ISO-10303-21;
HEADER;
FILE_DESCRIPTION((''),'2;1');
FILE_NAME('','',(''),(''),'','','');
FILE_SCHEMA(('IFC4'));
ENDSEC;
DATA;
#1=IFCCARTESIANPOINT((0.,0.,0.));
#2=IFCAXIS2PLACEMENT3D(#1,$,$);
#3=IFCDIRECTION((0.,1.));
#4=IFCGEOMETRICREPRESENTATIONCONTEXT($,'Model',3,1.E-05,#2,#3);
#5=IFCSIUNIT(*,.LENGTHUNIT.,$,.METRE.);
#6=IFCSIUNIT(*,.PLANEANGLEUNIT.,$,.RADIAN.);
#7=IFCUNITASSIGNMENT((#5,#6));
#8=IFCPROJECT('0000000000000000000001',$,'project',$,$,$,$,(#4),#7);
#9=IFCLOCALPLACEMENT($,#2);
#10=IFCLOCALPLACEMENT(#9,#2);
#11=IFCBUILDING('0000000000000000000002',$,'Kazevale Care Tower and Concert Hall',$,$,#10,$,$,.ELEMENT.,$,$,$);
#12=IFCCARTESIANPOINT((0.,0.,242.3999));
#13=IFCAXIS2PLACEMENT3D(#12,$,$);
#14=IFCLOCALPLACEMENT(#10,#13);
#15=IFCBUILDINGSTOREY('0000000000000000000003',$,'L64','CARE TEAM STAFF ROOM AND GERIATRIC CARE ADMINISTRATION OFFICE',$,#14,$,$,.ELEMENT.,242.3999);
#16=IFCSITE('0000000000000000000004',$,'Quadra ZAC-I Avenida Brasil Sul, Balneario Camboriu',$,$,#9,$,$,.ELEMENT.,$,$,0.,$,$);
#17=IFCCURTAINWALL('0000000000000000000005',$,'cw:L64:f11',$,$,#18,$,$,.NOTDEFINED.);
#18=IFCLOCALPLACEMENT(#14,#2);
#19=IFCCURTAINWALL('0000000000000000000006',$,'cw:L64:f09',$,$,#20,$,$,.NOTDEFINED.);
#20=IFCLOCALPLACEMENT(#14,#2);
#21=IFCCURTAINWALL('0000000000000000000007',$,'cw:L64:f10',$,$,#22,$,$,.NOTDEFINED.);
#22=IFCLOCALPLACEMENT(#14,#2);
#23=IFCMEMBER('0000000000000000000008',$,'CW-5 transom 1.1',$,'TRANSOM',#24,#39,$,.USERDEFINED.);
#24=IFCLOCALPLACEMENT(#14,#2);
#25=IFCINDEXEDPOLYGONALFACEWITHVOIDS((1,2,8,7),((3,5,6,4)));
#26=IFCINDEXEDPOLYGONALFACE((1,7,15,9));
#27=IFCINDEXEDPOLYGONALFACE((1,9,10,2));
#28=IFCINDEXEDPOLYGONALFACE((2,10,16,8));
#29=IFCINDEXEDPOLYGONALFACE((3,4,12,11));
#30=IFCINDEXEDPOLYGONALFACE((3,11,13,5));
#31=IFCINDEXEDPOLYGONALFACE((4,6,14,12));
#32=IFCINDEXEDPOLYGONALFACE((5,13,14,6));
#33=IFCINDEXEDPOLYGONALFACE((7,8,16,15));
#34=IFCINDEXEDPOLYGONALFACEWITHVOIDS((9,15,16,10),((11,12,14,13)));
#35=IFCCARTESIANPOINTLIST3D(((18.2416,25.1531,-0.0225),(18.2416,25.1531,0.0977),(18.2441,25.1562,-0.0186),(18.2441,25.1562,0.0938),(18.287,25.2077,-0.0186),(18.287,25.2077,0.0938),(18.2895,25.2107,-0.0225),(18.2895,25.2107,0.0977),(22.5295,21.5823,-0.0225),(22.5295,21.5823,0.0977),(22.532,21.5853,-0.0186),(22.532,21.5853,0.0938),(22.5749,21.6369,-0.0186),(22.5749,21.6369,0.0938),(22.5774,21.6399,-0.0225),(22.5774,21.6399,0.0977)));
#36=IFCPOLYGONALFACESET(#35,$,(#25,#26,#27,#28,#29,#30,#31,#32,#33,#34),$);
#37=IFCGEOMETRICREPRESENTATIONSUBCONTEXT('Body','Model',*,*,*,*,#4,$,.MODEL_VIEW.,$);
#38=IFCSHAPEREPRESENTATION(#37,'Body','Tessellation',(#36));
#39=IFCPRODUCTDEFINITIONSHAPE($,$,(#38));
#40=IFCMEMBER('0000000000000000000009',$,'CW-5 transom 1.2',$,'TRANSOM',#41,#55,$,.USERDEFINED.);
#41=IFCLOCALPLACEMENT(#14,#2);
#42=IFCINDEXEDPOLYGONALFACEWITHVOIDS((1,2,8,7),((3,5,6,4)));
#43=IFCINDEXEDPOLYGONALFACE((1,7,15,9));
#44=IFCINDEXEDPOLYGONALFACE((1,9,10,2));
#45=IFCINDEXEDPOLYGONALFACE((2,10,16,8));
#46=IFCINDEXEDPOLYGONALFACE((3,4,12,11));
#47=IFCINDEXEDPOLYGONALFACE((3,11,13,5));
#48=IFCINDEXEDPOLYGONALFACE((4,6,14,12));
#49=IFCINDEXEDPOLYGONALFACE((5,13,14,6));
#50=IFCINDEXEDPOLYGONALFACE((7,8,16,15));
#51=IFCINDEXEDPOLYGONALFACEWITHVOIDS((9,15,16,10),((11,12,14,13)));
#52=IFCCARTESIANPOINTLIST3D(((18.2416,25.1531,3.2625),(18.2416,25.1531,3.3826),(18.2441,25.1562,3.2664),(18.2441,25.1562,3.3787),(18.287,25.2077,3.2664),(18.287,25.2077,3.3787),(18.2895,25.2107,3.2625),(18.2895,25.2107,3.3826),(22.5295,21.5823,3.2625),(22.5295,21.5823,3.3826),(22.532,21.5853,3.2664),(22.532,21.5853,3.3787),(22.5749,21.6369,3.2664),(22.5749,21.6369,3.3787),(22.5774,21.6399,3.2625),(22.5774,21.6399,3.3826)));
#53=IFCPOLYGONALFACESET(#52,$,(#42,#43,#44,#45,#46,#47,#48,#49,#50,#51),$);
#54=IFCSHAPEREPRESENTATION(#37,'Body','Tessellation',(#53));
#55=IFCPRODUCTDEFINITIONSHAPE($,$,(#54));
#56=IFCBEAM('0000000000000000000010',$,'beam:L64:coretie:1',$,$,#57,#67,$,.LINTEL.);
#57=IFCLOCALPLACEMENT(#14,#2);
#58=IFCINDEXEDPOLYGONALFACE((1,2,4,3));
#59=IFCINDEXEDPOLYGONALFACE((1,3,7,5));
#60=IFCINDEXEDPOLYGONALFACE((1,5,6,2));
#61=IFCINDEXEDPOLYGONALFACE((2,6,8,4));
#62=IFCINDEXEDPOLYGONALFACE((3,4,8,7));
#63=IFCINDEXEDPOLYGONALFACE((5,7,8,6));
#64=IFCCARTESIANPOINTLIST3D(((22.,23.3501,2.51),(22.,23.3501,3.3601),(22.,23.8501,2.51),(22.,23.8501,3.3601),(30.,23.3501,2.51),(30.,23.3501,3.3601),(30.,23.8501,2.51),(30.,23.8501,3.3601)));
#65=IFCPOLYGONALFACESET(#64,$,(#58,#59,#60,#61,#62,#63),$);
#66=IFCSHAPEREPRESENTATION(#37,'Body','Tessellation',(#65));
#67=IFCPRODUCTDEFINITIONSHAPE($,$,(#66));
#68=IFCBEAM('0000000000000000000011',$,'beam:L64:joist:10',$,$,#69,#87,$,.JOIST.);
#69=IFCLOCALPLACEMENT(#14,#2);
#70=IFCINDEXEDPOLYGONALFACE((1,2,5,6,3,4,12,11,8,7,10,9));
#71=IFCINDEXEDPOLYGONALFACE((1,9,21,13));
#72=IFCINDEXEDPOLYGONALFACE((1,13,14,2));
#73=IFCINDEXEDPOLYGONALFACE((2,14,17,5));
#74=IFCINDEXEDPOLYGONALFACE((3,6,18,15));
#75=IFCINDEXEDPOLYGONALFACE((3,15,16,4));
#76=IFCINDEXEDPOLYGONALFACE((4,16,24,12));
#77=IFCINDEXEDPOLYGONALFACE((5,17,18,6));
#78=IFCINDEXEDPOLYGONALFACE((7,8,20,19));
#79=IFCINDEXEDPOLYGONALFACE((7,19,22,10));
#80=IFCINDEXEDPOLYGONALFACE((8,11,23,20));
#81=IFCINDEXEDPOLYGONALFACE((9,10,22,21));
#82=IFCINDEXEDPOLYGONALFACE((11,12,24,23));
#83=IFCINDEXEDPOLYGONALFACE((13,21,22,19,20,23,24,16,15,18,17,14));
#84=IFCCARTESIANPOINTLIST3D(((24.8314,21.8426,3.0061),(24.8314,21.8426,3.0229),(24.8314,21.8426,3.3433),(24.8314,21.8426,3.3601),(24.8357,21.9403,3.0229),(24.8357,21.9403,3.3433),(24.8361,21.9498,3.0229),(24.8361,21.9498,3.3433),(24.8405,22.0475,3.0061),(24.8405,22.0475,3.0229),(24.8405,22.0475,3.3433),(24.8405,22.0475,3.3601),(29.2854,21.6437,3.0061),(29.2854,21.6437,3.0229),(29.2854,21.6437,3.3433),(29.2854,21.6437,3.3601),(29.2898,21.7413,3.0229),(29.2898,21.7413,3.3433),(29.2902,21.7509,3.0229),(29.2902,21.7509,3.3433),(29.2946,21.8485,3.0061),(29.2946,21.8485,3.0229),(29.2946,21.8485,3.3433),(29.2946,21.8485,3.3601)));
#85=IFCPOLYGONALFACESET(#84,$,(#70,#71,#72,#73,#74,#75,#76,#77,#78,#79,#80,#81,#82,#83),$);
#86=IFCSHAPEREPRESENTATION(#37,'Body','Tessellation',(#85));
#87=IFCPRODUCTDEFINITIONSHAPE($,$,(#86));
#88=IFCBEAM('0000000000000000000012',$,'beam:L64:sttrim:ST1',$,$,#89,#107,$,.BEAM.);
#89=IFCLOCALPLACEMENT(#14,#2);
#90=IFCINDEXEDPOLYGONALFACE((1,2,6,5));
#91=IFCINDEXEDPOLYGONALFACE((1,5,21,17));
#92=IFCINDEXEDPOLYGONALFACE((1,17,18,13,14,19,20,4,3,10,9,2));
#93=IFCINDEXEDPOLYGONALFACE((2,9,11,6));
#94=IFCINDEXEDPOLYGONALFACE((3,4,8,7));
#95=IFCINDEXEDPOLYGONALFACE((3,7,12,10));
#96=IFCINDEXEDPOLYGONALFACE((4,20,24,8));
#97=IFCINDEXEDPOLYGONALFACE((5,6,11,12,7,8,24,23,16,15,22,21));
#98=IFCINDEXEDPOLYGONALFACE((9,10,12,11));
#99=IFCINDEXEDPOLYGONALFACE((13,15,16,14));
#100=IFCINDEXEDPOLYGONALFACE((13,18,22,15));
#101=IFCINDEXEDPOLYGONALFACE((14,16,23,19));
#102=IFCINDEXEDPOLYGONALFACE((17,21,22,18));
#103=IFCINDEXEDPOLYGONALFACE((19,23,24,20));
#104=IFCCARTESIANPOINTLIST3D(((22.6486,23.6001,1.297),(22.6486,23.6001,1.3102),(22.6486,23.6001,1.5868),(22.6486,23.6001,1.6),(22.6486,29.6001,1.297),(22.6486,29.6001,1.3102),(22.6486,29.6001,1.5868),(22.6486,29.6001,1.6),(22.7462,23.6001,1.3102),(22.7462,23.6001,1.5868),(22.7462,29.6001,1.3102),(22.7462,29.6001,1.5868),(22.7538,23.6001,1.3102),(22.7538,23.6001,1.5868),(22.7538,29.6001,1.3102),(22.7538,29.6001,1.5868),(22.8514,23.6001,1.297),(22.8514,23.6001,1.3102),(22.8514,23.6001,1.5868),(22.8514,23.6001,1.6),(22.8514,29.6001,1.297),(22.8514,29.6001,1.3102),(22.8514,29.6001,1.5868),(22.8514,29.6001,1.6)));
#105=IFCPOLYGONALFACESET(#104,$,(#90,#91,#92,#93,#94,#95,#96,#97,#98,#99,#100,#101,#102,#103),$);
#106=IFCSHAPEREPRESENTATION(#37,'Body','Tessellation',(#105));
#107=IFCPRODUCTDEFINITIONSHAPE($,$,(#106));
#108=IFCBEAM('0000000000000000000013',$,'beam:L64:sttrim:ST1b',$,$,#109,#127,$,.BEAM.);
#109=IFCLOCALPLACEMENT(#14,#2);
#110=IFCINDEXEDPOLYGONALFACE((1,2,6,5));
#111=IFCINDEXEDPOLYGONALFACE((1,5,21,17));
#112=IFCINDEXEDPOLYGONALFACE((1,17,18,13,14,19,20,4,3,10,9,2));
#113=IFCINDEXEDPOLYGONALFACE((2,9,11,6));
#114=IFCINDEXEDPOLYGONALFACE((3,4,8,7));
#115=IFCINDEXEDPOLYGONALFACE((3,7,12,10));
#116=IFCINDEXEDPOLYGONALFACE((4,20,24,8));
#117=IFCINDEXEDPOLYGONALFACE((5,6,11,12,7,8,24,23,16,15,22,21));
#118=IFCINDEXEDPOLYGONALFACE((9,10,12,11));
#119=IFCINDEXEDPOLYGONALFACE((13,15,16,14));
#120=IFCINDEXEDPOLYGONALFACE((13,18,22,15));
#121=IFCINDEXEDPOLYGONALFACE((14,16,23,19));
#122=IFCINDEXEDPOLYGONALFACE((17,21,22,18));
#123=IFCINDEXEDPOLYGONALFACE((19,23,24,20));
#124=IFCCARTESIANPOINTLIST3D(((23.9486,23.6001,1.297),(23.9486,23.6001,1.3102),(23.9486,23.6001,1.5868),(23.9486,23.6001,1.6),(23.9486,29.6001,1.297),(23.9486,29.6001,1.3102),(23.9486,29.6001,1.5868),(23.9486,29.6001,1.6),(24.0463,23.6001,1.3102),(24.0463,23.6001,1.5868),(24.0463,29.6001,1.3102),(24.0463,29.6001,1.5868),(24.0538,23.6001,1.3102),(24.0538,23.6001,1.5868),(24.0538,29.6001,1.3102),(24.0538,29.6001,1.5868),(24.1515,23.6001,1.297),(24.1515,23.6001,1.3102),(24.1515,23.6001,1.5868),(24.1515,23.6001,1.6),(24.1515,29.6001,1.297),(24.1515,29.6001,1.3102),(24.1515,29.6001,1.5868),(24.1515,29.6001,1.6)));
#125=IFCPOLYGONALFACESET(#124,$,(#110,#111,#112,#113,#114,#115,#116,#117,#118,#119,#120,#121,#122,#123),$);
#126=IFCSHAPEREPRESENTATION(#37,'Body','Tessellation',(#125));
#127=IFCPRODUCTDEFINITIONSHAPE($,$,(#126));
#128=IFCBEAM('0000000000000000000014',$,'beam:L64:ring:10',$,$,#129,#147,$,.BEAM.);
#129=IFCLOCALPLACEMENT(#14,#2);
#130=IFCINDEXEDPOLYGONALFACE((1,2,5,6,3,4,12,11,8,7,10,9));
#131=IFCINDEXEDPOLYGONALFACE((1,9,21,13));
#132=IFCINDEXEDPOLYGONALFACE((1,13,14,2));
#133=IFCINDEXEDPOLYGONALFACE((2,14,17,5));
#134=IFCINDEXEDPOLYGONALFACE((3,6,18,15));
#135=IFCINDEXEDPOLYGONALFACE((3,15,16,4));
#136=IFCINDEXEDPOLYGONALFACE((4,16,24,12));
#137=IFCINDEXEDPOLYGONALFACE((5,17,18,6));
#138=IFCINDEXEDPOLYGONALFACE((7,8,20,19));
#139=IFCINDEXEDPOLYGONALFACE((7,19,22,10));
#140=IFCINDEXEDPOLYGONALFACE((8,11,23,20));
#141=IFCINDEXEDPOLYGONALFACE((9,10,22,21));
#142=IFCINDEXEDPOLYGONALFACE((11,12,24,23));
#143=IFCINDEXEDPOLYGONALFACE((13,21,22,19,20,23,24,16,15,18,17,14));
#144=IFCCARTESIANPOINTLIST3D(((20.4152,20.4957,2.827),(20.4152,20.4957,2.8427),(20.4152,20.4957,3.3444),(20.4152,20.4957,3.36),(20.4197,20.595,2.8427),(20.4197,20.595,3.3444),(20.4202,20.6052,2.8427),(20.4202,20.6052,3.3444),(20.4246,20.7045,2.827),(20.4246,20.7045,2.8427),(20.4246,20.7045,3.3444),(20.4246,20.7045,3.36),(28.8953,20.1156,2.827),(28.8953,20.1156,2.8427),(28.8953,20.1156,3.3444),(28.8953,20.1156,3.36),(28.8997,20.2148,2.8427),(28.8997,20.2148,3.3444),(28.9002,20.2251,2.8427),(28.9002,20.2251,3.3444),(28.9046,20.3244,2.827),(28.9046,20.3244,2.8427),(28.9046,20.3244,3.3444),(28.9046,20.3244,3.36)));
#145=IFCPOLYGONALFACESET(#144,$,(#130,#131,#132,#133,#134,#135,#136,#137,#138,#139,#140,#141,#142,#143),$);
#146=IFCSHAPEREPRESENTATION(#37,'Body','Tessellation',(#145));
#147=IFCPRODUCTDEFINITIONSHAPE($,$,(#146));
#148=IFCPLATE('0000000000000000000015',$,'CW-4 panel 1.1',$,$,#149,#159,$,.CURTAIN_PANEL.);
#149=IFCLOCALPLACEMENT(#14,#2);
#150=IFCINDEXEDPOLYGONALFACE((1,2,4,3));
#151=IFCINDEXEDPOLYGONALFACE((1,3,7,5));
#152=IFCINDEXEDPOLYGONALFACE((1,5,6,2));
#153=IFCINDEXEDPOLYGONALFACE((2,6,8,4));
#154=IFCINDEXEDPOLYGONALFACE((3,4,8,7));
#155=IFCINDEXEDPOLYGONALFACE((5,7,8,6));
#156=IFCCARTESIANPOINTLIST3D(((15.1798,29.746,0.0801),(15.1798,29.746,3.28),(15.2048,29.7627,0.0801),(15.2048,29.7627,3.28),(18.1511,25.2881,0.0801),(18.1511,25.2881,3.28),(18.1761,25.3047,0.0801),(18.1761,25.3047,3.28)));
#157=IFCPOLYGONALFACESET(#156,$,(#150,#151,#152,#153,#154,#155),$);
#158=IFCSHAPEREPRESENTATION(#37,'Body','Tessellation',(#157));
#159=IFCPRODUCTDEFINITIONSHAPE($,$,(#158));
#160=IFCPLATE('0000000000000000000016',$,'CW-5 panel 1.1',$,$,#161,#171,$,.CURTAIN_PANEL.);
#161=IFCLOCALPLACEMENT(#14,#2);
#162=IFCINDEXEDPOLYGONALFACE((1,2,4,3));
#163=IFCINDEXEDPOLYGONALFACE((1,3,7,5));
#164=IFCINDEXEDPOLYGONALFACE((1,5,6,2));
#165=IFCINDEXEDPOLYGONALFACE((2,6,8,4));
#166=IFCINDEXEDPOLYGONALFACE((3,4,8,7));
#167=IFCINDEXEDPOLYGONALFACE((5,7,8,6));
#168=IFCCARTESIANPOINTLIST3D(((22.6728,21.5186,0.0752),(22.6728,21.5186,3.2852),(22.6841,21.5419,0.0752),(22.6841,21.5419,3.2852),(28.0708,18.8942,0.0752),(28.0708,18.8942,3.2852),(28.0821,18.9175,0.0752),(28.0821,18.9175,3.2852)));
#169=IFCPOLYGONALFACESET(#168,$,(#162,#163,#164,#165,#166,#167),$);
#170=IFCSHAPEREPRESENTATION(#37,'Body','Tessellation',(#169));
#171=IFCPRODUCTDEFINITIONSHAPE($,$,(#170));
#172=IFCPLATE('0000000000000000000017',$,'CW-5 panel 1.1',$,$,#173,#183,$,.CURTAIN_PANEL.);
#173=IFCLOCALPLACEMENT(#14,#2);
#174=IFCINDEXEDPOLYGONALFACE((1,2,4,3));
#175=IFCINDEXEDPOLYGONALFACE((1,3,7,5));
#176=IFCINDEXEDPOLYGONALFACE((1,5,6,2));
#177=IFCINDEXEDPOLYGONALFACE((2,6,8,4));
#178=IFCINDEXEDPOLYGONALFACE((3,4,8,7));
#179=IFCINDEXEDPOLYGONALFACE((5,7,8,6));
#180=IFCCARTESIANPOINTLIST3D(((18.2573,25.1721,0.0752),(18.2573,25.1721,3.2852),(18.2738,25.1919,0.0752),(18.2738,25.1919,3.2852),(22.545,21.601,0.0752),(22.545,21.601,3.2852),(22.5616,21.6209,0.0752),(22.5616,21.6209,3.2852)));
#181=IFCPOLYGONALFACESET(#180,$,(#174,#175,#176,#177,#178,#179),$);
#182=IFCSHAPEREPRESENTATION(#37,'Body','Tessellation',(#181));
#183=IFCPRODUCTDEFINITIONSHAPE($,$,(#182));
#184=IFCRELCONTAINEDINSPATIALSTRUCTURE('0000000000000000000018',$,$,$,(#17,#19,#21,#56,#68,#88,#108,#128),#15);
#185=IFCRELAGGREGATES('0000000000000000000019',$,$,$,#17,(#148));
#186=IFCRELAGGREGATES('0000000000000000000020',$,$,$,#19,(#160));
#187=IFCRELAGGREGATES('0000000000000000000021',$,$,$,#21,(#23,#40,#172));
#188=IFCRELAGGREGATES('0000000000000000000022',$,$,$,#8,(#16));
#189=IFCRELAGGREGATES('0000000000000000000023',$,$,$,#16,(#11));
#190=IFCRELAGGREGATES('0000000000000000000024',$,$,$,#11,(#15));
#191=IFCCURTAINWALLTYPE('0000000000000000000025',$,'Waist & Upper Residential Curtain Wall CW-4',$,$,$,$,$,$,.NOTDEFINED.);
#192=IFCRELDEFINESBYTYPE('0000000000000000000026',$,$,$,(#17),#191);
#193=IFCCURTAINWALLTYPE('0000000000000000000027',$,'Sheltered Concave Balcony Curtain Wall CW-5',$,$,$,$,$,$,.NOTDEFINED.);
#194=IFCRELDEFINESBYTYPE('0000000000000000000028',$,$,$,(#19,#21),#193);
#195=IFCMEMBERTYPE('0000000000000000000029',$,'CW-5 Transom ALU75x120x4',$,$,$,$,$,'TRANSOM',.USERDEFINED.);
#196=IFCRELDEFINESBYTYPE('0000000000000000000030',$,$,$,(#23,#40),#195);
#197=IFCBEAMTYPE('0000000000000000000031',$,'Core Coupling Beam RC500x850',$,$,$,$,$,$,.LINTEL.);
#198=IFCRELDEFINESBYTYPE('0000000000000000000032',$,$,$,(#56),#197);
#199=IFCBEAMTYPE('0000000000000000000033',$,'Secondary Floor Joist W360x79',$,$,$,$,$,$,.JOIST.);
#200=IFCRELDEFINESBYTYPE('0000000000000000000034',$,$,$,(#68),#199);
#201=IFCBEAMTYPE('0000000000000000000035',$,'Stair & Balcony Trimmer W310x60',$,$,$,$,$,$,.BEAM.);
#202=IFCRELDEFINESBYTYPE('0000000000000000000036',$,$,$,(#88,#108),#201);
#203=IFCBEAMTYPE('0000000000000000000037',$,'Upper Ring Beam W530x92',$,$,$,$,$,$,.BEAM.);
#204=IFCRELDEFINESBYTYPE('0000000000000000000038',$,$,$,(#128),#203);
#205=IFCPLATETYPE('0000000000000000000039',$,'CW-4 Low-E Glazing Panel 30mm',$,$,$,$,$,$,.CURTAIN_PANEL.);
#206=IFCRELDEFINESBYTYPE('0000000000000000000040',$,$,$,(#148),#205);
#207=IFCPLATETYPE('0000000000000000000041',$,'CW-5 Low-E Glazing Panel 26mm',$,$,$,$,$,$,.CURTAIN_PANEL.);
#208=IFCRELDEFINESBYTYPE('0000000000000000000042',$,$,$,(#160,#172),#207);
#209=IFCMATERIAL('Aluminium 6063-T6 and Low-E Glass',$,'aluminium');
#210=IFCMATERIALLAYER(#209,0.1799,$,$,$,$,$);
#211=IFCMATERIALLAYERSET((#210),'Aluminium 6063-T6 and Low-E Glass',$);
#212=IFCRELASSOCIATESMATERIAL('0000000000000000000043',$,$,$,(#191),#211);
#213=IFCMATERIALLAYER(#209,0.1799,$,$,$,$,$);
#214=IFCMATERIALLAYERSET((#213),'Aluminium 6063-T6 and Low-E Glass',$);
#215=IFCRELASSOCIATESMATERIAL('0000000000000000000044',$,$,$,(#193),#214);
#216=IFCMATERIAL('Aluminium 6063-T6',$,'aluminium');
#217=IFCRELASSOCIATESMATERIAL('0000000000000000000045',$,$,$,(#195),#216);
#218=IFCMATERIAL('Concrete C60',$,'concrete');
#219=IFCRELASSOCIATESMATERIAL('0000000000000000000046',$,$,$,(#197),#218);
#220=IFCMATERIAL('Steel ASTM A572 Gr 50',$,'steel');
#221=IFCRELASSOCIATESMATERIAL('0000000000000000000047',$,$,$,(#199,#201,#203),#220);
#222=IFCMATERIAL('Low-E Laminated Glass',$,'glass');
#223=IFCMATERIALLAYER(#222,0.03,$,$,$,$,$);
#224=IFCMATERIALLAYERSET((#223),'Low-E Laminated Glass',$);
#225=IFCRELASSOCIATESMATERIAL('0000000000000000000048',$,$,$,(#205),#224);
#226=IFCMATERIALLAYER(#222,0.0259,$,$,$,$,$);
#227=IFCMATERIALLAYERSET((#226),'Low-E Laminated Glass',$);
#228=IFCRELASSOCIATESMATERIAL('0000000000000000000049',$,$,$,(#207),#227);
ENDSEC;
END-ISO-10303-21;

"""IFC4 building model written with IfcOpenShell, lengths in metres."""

from ifc_helpers import new_model, si_unit, direction, frame, origin, origin_2d, place, context, subcontext, project, spatial, rectangle, hollow_rectangle, i_section, extrude, material, layer, layer_set, material_profile, profile_set, type_object, element, aggregate, save


model = new_model("IFC4")

# Units and contexts
model_context = context("Model", 3, precision=1e-05, world=origin(), true_north=direction((0.0, 1.0)))
body_context = subcontext(model_context, "Body", "Model", "MODEL_VIEW")
ifc_project = project(units=[si_unit("LENGTHUNIT", "METRE"), si_unit("PLANEANGLEUNIT", "RADIAN")], contexts=[model_context])

# Site, building, storey
site_placement = place(None, origin())
site = spatial("IfcSite", under=ifc_project, at=site_placement, Name="Quadra ZAC-I Avenida Brasil Sul, Balneario Camboriu", CompositionType="ELEMENT", RefElevation=0.0)
building_placement = place(site_placement, origin())
building = spatial("IfcBuilding", under=site, at=building_placement, Name="Kazevale Care Tower and Concert Hall", CompositionType="ELEMENT")
storey_placement = place(building_placement, frame((0.0, 0.0, 242.3999)))
storey = spatial("IfcBuildingStorey", under=building, at=storey_placement, Name="L64", Description="CARE TEAM STAFF ROOM AND GERIATRIC CARE ADMINISTRATION OFFICE", CompositionType="ELEMENT", Elevation=242.3999)

# Curtain wall
ifc_material_1 = material(Name="Aluminium 6063-T6 and Low-E Glass", Category="aluminium")
ifc_layer_1 = layer(ifc_material_1, 0.1799)
ifc_layer_set_1 = layer_set([ifc_layer_1], Name="Aluminium 6063-T6 and Low-E Glass")
curtain_wall_type_1 = type_object("IfcCurtainWallType", Name="Waist & Upper Residential Curtain Wall CW-4", PredefinedType="NOTDEFINED", material=ifc_layer_set_1)
curtain_wall_1_placement = place(storey_placement, origin())
curtain_wall_1 = element("IfcCurtainWall", 1, at=curtain_wall_1_placement, inside=storey, type_object=curtain_wall_type_1, Name="cw:L64:f11", PredefinedType="NOTDEFINED")
ifc_material_2 = material(Name="Aluminium 6063-T6", Category="aluminium")

# Curtain wall
ifc_layer_2 = layer(ifc_material_1, 0.1799)
ifc_layer_set_2 = layer_set([ifc_layer_2], Name="Aluminium 6063-T6 and Low-E Glass")
curtain_wall_type_2 = type_object("IfcCurtainWallType", Name="Sheltered Concave Balcony Curtain Wall CW-5", PredefinedType="NOTDEFINED", material=ifc_layer_set_2)
curtain_wall_2_placement = place(storey_placement, origin())
curtain_wall_2 = element("IfcCurtainWall", 2, at=curtain_wall_2_placement, inside=storey, type_object=curtain_wall_type_2, Name="cw:L64:f09", PredefinedType="NOTDEFINED")

# Curtain wall, members
curtain_wall_3_placement = place(storey_placement, origin())
curtain_wall_3 = element("IfcCurtainWall", 3, at=curtain_wall_3_placement, inside=storey, type_object=curtain_wall_type_2, Name="cw:L64:f10", PredefinedType="NOTDEFINED")
ifc_material_profile_1 = material_profile(ifc_material_2, hollow_rectangle(XDim=0.075, YDim=0.1201, WallThickness=0.0039, at=origin_2d()), Name="ALU75x120x4")
ifc_profile_set_1 = profile_set([ifc_material_profile_1], Name="Aluminium 6063-T6")
member_type_1 = type_object("IfcMemberType", Name="CW-5 Transom ALU75x120x4", ElementType="TRANSOM", PredefinedType="USERDEFINED", material=ifc_profile_set_1)
member_1_placement = place(storey_placement, frame((22.5535, 21.6111, 0.0376), z_axis=(-0.768433, 0.63993, 0.0), x_axis=(-0.63993, -0.768433, 0.0)))
member_1 = element("IfcMember", 4, at=member_1_placement, type_object=member_type_1, Name="CW-5 transom 1.1", ObjectType="TRANSOM", PredefinedType="USERDEFINED", context=body_context, shape_type="SweptSolid", body=[
    extrude(hollow_rectangle(XDim=0.075, YDim=0.1201, WallThickness=0.0039, at=origin_2d()), origin(), (0.0, 0.0, 1.0), 5.5801),
])
member_2_placement = place(storey_placement, frame((22.5535, 21.6111, 3.3225), z_axis=(-0.768433, 0.63993, 0.0), x_axis=(-0.63993, -0.768433, 0.0)))
member_2 = element("IfcMember", 5, at=member_2_placement, type_object=member_type_1, Name="CW-5 transom 1.2", ObjectType="TRANSOM", PredefinedType="USERDEFINED", context=body_context, shape_type="SweptSolid", body=[
    extrude(hollow_rectangle(XDim=0.075, YDim=0.1201, WallThickness=0.0039, at=origin_2d()), origin(), (0.0, 0.0, 1.0), 5.5801),
])

# Beams
ifc_material_3 = material(Name="Concrete C60", Category="concrete")
ifc_material_profile_2 = material_profile(ifc_material_3, rectangle(XDim=0.5, YDim=0.8501, at=origin_2d()), Name="RC-B500x850")
ifc_profile_set_2 = profile_set([ifc_material_profile_2], Name="Concrete C60")
beam_type_1 = type_object("IfcBeamType", Name="Core Coupling Beam RC500x850", PredefinedType="LINTEL", material=ifc_profile_set_2)
beam_1_placement = place(storey_placement, frame((22.0, 23.6001, 2.9351), z_axis=(1.0, 0.0, 0.0), x_axis=(0.0, 1.0, 0.0)))
element("IfcBeam", 6, at=beam_1_placement, inside=storey, type_object=beam_type_1, Name="beam:L64:coretie:1", PredefinedType="LINTEL", context=body_context, shape_type="SweptSolid", body=[
    extrude(rectangle(XDim=0.5, YDim=0.8501, at=origin_2d()), origin(), (0.0, 0.0, 1.0), 8.0),
])
ifc_material_4 = material(Name="Steel ASTM A572 Gr 50", Category="steel")
ifc_material_profile_3 = material_profile(ifc_material_4, i_section(OverallWidth=0.2051, OverallDepth=0.354, WebThickness=0.0095, FlangeThickness=0.0168, at=origin_2d()), Name="W360x79")
ifc_profile_set_3 = profile_set([ifc_material_profile_3], Name="Steel ASTM A572 Gr 50")
beam_type_2 = type_object("IfcBeamType", Name="Secondary Floor Joist W360x79", PredefinedType="JOIST", material=ifc_profile_set_3)
beam_2_placement = place(storey_placement, frame((24.8359, 21.9451, 3.1831), z_axis=(0.999004, -0.044628, 0.0), x_axis=(0.044628, 0.999004, 0.0)))
element("IfcBeam", 7, at=beam_2_placement, inside=storey, type_object=beam_type_2, Name="beam:L64:joist:10", PredefinedType="JOIST", context=body_context, shape_type="SweptSolid", body=[
    extrude(i_section(OverallWidth=0.2051, OverallDepth=0.354, WebThickness=0.0095, FlangeThickness=0.0168, at=origin_2d()), origin(), (0.0, 0.0, 1.0), 4.4585),
])
ifc_material_profile_4 = material_profile(ifc_material_4, i_section(OverallWidth=0.2029, OverallDepth=0.303, WebThickness=0.0076, FlangeThickness=0.0132, at=origin_2d()), Name="W310x60")
ifc_profile_set_4 = profile_set([ifc_material_profile_4], Name="Steel ASTM A572 Gr 50")
beam_type_3 = type_object("IfcBeamType", Name="Stair & Balcony Trimmer W310x60", PredefinedType="BEAM", material=ifc_profile_set_4)
for number, where, z_axis, x_axis, name in (
    (8, (22.75, 23.6001, 1.4485), (0.0, 1.0, 0.0), (-1.0, 0.0, 0.0), "beam:L64:sttrim:ST1"),
    (9, (24.05, 23.6001, 1.4485), (0.0, 1.0, 0.0), (-1.0, 0.0, 0.0), "beam:L64:sttrim:ST1b"),
):
    element("IfcBeam", number, at=place(storey_placement, frame(where, z_axis=z_axis, x_axis=x_axis)), inside=storey, type_object=beam_type_3, Name=name, PredefinedType="BEAM", context=body_context, shape_type="SweptSolid", body=[
        extrude(i_section(OverallWidth=0.2029, OverallDepth=0.303, WebThickness=0.0076, FlangeThickness=0.0132, at=origin_2d()), origin(), (0.0, 0.0, 1.0), 6.0),
    ])
ifc_material_profile_5 = material_profile(ifc_material_4, i_section(OverallWidth=0.209, OverallDepth=0.533, WebThickness=0.0103, FlangeThickness=0.0156, at=origin_2d()), Name="W530x92")
ifc_profile_set_5 = profile_set([ifc_material_profile_5], Name="Steel ASTM A572 Gr 50")
beam_type_4 = type_object("IfcBeamType", Name="Upper Ring Beam W530x92", PredefinedType="BEAM", material=ifc_profile_set_5)
beam_3_placement = place(storey_placement, frame((20.4199, 20.6001, 3.0935), z_axis=(0.998997, -0.044781, 0.0), x_axis=(0.044781, 0.998997, 0.0)))
element("IfcBeam", 10, at=beam_3_placement, inside=storey, type_object=beam_type_4, Name="beam:L64:ring:10", PredefinedType="BEAM", context=body_context, shape_type="SweptSolid", body=[
    extrude(i_section(OverallWidth=0.209, OverallDepth=0.533, WebThickness=0.0103, FlangeThickness=0.0156, at=origin_2d()), origin(), (0.0, 0.0, 1.0), 8.4885),
])

# Plates
ifc_material_5 = material(Name="Low-E Laminated Glass", Category="glass")
ifc_layer_3 = layer(ifc_material_5, 0.03)
ifc_layer_set_3 = layer_set([ifc_layer_3], Name="Low-E Laminated Glass")
plate_type_1 = type_object("IfcPlateType", Name="CW-4 Low-E Glazing Panel 30mm", PredefinedType="CURTAIN_PANEL", material=ifc_layer_set_3)
plate_1_placement = place(storey_placement, frame((16.678, 27.5254, 0.0801), z_axis=(0.0, 0.0, 1.0), x_axis=(-0.554617, 0.832106, 0.0)))
plate_1 = element("IfcPlate", 11, at=plate_1_placement, type_object=plate_type_1, Name="CW-4 panel 1.1", PredefinedType="CURTAIN_PANEL", context=body_context, shape_type="SweptSolid", body=[
    extrude(rectangle(XDim=5.3574, YDim=0.03, at=origin_2d()), origin(), (0.0, 0.0, 1.0), 3.2),
])
aggregate(curtain_wall_1, [plate_1])
ifc_layer_4 = layer(ifc_material_5, 0.0259)
ifc_layer_set_4 = layer_set([ifc_layer_4], Name="Low-E Laminated Glass")
plate_type_2 = type_object("IfcPlateType", Name="CW-5 Low-E Glazing Panel 26mm", PredefinedType="CURTAIN_PANEL", material=ifc_layer_set_4)
plate_2_placement = place(storey_placement, frame((25.3774, 20.218, 0.0752), z_axis=(0.0, 0.0, 1.0), x_axis=(-0.899346, 0.437238, 0.0)))
plate_2 = element("IfcPlate", 12, at=plate_2_placement, type_object=plate_type_2, Name="CW-5 panel 1.1", PredefinedType="CURTAIN_PANEL", context=body_context, shape_type="SweptSolid", body=[
    extrude(rectangle(XDim=6.0022, YDim=0.0259, at=origin_2d()), origin(), (0.0, 0.0, 1.0), 3.21),
])
aggregate(curtain_wall_2, [plate_2])
plate_3_placement = place(storey_placement, frame((20.4094, 23.3965, 0.0752), z_axis=(0.0, 0.0, 1.0), x_axis=(-0.768407, 0.639961, 0.0)))
plate_3 = element("IfcPlate", 13, at=plate_3_placement, type_object=plate_type_2, Name="CW-5 panel 1.1", PredefinedType="CURTAIN_PANEL", context=body_context, shape_type="SweptSolid", body=[
    extrude(rectangle(XDim=5.5801, YDim=0.0259, at=origin_2d()), origin(), (0.0, 0.0, 1.0), 3.21),
])
aggregate(curtain_wall_3, [member_1, member_2, plate_3])

save(model, "model.ifc")
